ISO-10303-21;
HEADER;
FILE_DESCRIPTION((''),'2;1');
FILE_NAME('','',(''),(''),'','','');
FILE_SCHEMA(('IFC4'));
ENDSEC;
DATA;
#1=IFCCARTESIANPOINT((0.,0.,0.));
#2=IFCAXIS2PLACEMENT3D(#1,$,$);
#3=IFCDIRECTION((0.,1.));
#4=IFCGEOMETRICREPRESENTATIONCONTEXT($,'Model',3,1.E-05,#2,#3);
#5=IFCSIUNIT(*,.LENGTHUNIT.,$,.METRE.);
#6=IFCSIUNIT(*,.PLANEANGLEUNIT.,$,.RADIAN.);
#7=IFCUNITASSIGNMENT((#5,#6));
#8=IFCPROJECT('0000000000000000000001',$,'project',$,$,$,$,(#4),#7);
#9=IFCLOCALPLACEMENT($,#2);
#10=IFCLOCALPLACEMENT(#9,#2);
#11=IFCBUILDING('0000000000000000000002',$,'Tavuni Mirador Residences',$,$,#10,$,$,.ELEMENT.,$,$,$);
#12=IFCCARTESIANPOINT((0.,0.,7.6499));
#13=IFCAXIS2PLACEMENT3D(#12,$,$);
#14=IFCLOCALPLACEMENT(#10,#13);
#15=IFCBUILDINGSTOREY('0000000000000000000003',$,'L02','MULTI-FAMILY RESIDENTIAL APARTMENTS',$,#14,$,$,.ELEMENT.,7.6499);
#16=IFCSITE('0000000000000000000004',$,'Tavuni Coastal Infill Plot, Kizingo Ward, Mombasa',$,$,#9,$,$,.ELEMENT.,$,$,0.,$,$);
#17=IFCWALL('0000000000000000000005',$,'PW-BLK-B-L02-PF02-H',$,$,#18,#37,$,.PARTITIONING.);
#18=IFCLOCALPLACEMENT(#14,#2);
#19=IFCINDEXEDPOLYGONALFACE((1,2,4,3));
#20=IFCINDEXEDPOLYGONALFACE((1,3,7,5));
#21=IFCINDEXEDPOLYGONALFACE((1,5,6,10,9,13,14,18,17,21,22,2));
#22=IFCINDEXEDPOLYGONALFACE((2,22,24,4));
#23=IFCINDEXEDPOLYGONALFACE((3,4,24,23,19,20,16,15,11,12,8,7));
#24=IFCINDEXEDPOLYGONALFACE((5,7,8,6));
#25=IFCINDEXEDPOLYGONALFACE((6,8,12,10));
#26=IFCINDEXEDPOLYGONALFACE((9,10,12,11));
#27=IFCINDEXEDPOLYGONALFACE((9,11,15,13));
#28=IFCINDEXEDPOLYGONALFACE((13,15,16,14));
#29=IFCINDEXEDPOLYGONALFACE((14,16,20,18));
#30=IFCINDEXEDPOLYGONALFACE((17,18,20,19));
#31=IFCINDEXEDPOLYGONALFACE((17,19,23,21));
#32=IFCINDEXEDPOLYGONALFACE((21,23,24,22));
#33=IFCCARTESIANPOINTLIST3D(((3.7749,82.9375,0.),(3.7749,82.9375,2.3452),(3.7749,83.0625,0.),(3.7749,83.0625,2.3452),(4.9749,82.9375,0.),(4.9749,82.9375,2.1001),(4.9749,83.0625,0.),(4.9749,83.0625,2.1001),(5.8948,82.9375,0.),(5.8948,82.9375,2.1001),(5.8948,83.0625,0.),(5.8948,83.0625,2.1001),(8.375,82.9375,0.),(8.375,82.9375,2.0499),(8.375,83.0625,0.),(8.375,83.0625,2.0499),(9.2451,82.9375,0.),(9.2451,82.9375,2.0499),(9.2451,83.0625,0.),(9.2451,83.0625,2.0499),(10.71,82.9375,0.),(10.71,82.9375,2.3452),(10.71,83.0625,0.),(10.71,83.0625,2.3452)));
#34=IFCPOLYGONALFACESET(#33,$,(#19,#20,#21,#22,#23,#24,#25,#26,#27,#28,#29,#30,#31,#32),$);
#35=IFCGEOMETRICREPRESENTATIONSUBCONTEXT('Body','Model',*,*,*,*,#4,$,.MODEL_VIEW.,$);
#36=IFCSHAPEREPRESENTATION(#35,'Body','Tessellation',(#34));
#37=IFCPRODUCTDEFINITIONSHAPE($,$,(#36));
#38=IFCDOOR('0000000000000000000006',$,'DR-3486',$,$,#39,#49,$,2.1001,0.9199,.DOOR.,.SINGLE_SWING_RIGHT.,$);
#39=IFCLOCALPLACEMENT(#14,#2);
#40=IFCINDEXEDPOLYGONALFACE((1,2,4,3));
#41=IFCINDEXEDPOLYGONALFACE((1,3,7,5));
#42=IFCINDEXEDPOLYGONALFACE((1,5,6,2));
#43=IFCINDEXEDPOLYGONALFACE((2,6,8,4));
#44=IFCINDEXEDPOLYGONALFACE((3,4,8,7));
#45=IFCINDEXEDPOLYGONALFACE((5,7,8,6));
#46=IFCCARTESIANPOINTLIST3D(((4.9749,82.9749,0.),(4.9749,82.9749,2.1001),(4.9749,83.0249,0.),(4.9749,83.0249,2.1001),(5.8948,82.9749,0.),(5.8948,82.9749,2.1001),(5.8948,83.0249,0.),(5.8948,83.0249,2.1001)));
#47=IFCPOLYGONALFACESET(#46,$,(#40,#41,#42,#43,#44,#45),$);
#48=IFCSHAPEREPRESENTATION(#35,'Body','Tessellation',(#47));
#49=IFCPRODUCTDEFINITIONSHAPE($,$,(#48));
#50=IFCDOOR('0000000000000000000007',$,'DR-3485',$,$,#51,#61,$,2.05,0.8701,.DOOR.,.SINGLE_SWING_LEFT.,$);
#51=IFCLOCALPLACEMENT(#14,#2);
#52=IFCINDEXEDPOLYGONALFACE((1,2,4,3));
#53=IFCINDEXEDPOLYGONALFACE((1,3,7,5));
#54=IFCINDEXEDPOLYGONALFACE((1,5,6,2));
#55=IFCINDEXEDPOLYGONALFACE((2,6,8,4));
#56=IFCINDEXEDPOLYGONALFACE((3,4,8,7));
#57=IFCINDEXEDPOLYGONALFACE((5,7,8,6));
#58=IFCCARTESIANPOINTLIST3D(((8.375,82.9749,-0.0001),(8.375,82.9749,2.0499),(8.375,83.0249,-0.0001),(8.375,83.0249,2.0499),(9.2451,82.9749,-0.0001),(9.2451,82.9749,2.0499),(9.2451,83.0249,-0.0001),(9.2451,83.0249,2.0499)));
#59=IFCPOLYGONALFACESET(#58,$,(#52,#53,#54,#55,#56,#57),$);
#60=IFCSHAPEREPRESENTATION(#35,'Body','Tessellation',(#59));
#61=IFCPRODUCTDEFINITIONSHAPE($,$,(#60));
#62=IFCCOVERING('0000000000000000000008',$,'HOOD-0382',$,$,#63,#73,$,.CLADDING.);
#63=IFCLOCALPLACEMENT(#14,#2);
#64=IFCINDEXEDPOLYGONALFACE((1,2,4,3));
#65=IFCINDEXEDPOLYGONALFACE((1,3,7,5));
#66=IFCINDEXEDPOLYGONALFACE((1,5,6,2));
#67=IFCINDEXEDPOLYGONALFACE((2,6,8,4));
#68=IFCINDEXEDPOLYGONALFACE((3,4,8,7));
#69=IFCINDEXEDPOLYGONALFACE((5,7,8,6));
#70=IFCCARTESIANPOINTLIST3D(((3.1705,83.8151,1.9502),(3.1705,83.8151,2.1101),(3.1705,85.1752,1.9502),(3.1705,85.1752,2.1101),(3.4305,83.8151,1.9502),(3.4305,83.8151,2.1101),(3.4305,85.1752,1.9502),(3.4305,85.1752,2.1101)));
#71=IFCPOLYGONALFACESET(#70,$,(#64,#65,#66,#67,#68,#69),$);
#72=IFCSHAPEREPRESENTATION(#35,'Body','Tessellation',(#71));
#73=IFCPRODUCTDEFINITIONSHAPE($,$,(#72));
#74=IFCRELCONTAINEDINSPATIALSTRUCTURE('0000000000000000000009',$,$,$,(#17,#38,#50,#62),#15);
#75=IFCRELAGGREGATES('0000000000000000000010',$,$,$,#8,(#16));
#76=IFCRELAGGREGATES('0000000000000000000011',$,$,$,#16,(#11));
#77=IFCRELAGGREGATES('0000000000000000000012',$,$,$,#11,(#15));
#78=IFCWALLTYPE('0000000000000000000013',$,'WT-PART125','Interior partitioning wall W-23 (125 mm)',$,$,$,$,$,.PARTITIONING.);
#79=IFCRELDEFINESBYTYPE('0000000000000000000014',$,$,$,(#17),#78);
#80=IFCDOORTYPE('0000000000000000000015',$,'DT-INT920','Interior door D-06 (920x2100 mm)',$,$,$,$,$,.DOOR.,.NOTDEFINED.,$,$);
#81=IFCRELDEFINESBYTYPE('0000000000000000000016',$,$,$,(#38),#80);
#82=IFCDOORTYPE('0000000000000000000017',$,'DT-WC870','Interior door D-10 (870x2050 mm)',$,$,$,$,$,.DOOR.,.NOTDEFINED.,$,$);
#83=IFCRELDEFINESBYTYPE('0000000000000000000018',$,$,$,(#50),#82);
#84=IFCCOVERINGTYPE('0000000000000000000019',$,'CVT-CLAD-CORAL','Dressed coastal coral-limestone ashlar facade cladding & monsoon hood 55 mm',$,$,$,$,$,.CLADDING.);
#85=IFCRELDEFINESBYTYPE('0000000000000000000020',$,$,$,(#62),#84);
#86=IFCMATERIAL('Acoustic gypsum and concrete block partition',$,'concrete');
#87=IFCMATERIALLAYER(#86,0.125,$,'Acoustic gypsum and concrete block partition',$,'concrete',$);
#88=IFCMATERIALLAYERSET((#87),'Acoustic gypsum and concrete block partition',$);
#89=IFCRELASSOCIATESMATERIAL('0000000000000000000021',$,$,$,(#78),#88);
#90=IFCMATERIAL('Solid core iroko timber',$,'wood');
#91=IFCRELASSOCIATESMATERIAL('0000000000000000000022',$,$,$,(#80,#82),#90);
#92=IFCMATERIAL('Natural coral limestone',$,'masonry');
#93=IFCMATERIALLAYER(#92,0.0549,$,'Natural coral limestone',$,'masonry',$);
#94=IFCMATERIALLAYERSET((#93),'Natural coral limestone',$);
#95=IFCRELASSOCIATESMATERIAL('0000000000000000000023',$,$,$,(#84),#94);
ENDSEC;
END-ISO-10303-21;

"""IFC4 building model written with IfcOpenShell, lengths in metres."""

from ifc_helpers import new_model, si_unit, direction, frame, frame_2d, origin, origin_2d, place, context, subcontext, project, spatial, rectangle, extrude, material, layer, layer_set, type_object, element, fill, save


model = new_model("IFC4")

# Units and contexts
model_context = context("Model", 3, precision=1e-05, world=origin(), true_north=direction((0.0, 1.0)))
body_context = subcontext(model_context, "Body", "Model", "MODEL_VIEW")
ifc_project = project(units=[si_unit("LENGTHUNIT", "METRE"), si_unit("PLANEANGLEUNIT", "RADIAN")], contexts=[model_context])

# Site, building, storey
site_placement = place(None, origin())
site = spatial("IfcSite", under=ifc_project, at=site_placement, Name="Tavuni Coastal Infill Plot, Kizingo Ward, Mombasa", CompositionType="ELEMENT", RefElevation=0.0)
building_placement = place(site_placement, origin())
building = spatial("IfcBuilding", under=site, at=building_placement, Name="Tavuni Mirador Residences", CompositionType="ELEMENT")
storey_placement = place(building_placement, frame((0.0, 0.0, 7.6499)))
storey = spatial("IfcBuildingStorey", under=building, at=storey_placement, Name="L02", Description="MULTI-FAMILY RESIDENTIAL APARTMENTS", CompositionType="ELEMENT", Elevation=7.6499)

# Wall, openings, doors
ifc_material_1 = material(Name="Acoustic gypsum and concrete block partition", Category="concrete")
ifc_layer_1 = layer(ifc_material_1, 0.125, Name="Acoustic gypsum and concrete block partition", Category="concrete")
ifc_layer_set_1 = layer_set([ifc_layer_1], Name="Acoustic gypsum and concrete block partition")
wall_type_1 = type_object("IfcWallType", Name="WT-PART125", Description="Interior partitioning wall W-23 (125 mm)", PredefinedType="PARTITIONING", material=ifc_layer_set_1)
wall_1_placement = place(storey_placement, frame((3.7749, 83.0, 0.0), z_axis=(0.0, 0.0, 1.0), x_axis=(1.0, 0.0, 0.0)))
wall_1 = element("IfcWall", 1, at=wall_1_placement, inside=storey, type_object=wall_type_1, Name="PW-BLK-B-L02-PF02-H", PredefinedType="PARTITIONING", context=body_context, shape_type="SweptSolid", body=[
    extrude(rectangle(XDim=6.9351, YDim=0.125, at=frame_2d((3.4675, 0.0))), origin(), (0.0, 0.0, 1.0), 2.3452),
])
opening_1_placement = place(wall_1_placement, frame((4.6001, 0.0, 0.0)))
opening_1 = element("IfcOpeningElement", 2, at=opening_1_placement, cuts=wall_1, PredefinedType="OPENING", context=body_context, shape_type="SweptSolid", body=[
    extrude(rectangle(XDim=0.8701, YDim=2.05, at=frame_2d((0.4351, 1.0249))), frame((0.0, 0.0725, 0.0), z_axis=(0.0, -1.0, 0.0), x_axis=(1.0, 0.0, 0.0)), (0.0, 0.0, 1.0), 0.145),
])
opening_2_placement = place(wall_1_placement, frame((1.2, 0.0, 0.0)))
opening_2 = element("IfcOpeningElement", 3, at=opening_2_placement, cuts=wall_1, PredefinedType="OPENING", context=body_context, shape_type="SweptSolid", body=[
    extrude(rectangle(XDim=0.9199, YDim=2.1001, at=frame_2d((0.46, 1.05))), frame((0.0, 0.0725, 0.0), z_axis=(0.0, -1.0, 0.0), x_axis=(1.0, 0.0, 0.0)), (0.0, 0.0, 1.0), 0.145),
])
ifc_material_2 = material(Name="Solid core iroko timber", Category="wood")
door_type_1 = type_object("IfcDoorType", Name="DT-INT920", Description="Interior door D-06 (920x2100 mm)", OperationType="NOTDEFINED", PredefinedType="DOOR", material=ifc_material_2)
door_1_placement = place(opening_2_placement, origin())
door_1 = element("IfcDoor", 4, at=door_1_placement, inside=storey, type_object=door_type_1, Name="DR-3486", OperationType="SINGLE_SWING_RIGHT", OverallHeight=2.1001, OverallWidth=0.9199, PredefinedType="DOOR", context=body_context, shape_type="SweptSolid", body=[
    extrude(rectangle(XDim=0.9199, YDim=2.1001, at=frame_2d((0.46, 1.05))), frame((0.0, 0.0249, 0.0), z_axis=(0.0, -1.0, 0.0), x_axis=(1.0, 0.0, 0.0)), (0.0, 0.0, 1.0), 0.05),
])
fill(opening_2, door_1)
door_type_2 = type_object("IfcDoorType", Name="DT-WC870", Description="Interior door D-10 (870x2050 mm)", OperationType="NOTDEFINED", PredefinedType="DOOR", material=ifc_material_2)
door_2_placement = place(opening_1_placement, origin())
door_2 = element("IfcDoor", 5, at=door_2_placement, inside=storey, type_object=door_type_2, Name="DR-3485", OperationType="SINGLE_SWING_LEFT", OverallHeight=2.05, OverallWidth=0.8701, PredefinedType="DOOR", context=body_context, shape_type="SweptSolid", body=[
    extrude(rectangle(XDim=0.8701, YDim=2.05, at=frame_2d((0.4351, 1.0249))), frame((0.0, 0.0249, 0.0), z_axis=(0.0, -1.0, 0.0), x_axis=(1.0, 0.0, 0.0)), (0.0, 0.0, 1.0), 0.05),
])
fill(opening_1, door_2)

# Covering
ifc_material_3 = material(Name="Natural coral limestone", Category="masonry")
ifc_layer_2 = layer(ifc_material_3, 0.0549, Name="Natural coral limestone", Category="masonry")
ifc_layer_set_2 = layer_set([ifc_layer_2], Name="Natural coral limestone")
covering_type = type_object("IfcCoveringType", Name="CVT-CLAD-CORAL", Description="Dressed coastal coral-limestone ashlar facade cladding & monsoon hood 55 mm", PredefinedType="CLADDING", material=ifc_layer_set_2)
covering_placement = place(storey_placement, frame((3.3005, 84.4951, 1.9502), z_axis=(0.0, 0.0, 1.0), x_axis=(0.0, -1.0, 0.0)))
element("IfcCovering", 6, at=covering_placement, inside=storey, type_object=covering_type, Name="HOOD-0382", PredefinedType="CLADDING", context=body_context, shape_type="SweptSolid", body=[
    extrude(rectangle(XDim=1.3601, YDim=0.26, at=origin_2d()), origin(), (0.0, 0.0, 1.0), 0.1599),
])

save(model, "model.ifc")
